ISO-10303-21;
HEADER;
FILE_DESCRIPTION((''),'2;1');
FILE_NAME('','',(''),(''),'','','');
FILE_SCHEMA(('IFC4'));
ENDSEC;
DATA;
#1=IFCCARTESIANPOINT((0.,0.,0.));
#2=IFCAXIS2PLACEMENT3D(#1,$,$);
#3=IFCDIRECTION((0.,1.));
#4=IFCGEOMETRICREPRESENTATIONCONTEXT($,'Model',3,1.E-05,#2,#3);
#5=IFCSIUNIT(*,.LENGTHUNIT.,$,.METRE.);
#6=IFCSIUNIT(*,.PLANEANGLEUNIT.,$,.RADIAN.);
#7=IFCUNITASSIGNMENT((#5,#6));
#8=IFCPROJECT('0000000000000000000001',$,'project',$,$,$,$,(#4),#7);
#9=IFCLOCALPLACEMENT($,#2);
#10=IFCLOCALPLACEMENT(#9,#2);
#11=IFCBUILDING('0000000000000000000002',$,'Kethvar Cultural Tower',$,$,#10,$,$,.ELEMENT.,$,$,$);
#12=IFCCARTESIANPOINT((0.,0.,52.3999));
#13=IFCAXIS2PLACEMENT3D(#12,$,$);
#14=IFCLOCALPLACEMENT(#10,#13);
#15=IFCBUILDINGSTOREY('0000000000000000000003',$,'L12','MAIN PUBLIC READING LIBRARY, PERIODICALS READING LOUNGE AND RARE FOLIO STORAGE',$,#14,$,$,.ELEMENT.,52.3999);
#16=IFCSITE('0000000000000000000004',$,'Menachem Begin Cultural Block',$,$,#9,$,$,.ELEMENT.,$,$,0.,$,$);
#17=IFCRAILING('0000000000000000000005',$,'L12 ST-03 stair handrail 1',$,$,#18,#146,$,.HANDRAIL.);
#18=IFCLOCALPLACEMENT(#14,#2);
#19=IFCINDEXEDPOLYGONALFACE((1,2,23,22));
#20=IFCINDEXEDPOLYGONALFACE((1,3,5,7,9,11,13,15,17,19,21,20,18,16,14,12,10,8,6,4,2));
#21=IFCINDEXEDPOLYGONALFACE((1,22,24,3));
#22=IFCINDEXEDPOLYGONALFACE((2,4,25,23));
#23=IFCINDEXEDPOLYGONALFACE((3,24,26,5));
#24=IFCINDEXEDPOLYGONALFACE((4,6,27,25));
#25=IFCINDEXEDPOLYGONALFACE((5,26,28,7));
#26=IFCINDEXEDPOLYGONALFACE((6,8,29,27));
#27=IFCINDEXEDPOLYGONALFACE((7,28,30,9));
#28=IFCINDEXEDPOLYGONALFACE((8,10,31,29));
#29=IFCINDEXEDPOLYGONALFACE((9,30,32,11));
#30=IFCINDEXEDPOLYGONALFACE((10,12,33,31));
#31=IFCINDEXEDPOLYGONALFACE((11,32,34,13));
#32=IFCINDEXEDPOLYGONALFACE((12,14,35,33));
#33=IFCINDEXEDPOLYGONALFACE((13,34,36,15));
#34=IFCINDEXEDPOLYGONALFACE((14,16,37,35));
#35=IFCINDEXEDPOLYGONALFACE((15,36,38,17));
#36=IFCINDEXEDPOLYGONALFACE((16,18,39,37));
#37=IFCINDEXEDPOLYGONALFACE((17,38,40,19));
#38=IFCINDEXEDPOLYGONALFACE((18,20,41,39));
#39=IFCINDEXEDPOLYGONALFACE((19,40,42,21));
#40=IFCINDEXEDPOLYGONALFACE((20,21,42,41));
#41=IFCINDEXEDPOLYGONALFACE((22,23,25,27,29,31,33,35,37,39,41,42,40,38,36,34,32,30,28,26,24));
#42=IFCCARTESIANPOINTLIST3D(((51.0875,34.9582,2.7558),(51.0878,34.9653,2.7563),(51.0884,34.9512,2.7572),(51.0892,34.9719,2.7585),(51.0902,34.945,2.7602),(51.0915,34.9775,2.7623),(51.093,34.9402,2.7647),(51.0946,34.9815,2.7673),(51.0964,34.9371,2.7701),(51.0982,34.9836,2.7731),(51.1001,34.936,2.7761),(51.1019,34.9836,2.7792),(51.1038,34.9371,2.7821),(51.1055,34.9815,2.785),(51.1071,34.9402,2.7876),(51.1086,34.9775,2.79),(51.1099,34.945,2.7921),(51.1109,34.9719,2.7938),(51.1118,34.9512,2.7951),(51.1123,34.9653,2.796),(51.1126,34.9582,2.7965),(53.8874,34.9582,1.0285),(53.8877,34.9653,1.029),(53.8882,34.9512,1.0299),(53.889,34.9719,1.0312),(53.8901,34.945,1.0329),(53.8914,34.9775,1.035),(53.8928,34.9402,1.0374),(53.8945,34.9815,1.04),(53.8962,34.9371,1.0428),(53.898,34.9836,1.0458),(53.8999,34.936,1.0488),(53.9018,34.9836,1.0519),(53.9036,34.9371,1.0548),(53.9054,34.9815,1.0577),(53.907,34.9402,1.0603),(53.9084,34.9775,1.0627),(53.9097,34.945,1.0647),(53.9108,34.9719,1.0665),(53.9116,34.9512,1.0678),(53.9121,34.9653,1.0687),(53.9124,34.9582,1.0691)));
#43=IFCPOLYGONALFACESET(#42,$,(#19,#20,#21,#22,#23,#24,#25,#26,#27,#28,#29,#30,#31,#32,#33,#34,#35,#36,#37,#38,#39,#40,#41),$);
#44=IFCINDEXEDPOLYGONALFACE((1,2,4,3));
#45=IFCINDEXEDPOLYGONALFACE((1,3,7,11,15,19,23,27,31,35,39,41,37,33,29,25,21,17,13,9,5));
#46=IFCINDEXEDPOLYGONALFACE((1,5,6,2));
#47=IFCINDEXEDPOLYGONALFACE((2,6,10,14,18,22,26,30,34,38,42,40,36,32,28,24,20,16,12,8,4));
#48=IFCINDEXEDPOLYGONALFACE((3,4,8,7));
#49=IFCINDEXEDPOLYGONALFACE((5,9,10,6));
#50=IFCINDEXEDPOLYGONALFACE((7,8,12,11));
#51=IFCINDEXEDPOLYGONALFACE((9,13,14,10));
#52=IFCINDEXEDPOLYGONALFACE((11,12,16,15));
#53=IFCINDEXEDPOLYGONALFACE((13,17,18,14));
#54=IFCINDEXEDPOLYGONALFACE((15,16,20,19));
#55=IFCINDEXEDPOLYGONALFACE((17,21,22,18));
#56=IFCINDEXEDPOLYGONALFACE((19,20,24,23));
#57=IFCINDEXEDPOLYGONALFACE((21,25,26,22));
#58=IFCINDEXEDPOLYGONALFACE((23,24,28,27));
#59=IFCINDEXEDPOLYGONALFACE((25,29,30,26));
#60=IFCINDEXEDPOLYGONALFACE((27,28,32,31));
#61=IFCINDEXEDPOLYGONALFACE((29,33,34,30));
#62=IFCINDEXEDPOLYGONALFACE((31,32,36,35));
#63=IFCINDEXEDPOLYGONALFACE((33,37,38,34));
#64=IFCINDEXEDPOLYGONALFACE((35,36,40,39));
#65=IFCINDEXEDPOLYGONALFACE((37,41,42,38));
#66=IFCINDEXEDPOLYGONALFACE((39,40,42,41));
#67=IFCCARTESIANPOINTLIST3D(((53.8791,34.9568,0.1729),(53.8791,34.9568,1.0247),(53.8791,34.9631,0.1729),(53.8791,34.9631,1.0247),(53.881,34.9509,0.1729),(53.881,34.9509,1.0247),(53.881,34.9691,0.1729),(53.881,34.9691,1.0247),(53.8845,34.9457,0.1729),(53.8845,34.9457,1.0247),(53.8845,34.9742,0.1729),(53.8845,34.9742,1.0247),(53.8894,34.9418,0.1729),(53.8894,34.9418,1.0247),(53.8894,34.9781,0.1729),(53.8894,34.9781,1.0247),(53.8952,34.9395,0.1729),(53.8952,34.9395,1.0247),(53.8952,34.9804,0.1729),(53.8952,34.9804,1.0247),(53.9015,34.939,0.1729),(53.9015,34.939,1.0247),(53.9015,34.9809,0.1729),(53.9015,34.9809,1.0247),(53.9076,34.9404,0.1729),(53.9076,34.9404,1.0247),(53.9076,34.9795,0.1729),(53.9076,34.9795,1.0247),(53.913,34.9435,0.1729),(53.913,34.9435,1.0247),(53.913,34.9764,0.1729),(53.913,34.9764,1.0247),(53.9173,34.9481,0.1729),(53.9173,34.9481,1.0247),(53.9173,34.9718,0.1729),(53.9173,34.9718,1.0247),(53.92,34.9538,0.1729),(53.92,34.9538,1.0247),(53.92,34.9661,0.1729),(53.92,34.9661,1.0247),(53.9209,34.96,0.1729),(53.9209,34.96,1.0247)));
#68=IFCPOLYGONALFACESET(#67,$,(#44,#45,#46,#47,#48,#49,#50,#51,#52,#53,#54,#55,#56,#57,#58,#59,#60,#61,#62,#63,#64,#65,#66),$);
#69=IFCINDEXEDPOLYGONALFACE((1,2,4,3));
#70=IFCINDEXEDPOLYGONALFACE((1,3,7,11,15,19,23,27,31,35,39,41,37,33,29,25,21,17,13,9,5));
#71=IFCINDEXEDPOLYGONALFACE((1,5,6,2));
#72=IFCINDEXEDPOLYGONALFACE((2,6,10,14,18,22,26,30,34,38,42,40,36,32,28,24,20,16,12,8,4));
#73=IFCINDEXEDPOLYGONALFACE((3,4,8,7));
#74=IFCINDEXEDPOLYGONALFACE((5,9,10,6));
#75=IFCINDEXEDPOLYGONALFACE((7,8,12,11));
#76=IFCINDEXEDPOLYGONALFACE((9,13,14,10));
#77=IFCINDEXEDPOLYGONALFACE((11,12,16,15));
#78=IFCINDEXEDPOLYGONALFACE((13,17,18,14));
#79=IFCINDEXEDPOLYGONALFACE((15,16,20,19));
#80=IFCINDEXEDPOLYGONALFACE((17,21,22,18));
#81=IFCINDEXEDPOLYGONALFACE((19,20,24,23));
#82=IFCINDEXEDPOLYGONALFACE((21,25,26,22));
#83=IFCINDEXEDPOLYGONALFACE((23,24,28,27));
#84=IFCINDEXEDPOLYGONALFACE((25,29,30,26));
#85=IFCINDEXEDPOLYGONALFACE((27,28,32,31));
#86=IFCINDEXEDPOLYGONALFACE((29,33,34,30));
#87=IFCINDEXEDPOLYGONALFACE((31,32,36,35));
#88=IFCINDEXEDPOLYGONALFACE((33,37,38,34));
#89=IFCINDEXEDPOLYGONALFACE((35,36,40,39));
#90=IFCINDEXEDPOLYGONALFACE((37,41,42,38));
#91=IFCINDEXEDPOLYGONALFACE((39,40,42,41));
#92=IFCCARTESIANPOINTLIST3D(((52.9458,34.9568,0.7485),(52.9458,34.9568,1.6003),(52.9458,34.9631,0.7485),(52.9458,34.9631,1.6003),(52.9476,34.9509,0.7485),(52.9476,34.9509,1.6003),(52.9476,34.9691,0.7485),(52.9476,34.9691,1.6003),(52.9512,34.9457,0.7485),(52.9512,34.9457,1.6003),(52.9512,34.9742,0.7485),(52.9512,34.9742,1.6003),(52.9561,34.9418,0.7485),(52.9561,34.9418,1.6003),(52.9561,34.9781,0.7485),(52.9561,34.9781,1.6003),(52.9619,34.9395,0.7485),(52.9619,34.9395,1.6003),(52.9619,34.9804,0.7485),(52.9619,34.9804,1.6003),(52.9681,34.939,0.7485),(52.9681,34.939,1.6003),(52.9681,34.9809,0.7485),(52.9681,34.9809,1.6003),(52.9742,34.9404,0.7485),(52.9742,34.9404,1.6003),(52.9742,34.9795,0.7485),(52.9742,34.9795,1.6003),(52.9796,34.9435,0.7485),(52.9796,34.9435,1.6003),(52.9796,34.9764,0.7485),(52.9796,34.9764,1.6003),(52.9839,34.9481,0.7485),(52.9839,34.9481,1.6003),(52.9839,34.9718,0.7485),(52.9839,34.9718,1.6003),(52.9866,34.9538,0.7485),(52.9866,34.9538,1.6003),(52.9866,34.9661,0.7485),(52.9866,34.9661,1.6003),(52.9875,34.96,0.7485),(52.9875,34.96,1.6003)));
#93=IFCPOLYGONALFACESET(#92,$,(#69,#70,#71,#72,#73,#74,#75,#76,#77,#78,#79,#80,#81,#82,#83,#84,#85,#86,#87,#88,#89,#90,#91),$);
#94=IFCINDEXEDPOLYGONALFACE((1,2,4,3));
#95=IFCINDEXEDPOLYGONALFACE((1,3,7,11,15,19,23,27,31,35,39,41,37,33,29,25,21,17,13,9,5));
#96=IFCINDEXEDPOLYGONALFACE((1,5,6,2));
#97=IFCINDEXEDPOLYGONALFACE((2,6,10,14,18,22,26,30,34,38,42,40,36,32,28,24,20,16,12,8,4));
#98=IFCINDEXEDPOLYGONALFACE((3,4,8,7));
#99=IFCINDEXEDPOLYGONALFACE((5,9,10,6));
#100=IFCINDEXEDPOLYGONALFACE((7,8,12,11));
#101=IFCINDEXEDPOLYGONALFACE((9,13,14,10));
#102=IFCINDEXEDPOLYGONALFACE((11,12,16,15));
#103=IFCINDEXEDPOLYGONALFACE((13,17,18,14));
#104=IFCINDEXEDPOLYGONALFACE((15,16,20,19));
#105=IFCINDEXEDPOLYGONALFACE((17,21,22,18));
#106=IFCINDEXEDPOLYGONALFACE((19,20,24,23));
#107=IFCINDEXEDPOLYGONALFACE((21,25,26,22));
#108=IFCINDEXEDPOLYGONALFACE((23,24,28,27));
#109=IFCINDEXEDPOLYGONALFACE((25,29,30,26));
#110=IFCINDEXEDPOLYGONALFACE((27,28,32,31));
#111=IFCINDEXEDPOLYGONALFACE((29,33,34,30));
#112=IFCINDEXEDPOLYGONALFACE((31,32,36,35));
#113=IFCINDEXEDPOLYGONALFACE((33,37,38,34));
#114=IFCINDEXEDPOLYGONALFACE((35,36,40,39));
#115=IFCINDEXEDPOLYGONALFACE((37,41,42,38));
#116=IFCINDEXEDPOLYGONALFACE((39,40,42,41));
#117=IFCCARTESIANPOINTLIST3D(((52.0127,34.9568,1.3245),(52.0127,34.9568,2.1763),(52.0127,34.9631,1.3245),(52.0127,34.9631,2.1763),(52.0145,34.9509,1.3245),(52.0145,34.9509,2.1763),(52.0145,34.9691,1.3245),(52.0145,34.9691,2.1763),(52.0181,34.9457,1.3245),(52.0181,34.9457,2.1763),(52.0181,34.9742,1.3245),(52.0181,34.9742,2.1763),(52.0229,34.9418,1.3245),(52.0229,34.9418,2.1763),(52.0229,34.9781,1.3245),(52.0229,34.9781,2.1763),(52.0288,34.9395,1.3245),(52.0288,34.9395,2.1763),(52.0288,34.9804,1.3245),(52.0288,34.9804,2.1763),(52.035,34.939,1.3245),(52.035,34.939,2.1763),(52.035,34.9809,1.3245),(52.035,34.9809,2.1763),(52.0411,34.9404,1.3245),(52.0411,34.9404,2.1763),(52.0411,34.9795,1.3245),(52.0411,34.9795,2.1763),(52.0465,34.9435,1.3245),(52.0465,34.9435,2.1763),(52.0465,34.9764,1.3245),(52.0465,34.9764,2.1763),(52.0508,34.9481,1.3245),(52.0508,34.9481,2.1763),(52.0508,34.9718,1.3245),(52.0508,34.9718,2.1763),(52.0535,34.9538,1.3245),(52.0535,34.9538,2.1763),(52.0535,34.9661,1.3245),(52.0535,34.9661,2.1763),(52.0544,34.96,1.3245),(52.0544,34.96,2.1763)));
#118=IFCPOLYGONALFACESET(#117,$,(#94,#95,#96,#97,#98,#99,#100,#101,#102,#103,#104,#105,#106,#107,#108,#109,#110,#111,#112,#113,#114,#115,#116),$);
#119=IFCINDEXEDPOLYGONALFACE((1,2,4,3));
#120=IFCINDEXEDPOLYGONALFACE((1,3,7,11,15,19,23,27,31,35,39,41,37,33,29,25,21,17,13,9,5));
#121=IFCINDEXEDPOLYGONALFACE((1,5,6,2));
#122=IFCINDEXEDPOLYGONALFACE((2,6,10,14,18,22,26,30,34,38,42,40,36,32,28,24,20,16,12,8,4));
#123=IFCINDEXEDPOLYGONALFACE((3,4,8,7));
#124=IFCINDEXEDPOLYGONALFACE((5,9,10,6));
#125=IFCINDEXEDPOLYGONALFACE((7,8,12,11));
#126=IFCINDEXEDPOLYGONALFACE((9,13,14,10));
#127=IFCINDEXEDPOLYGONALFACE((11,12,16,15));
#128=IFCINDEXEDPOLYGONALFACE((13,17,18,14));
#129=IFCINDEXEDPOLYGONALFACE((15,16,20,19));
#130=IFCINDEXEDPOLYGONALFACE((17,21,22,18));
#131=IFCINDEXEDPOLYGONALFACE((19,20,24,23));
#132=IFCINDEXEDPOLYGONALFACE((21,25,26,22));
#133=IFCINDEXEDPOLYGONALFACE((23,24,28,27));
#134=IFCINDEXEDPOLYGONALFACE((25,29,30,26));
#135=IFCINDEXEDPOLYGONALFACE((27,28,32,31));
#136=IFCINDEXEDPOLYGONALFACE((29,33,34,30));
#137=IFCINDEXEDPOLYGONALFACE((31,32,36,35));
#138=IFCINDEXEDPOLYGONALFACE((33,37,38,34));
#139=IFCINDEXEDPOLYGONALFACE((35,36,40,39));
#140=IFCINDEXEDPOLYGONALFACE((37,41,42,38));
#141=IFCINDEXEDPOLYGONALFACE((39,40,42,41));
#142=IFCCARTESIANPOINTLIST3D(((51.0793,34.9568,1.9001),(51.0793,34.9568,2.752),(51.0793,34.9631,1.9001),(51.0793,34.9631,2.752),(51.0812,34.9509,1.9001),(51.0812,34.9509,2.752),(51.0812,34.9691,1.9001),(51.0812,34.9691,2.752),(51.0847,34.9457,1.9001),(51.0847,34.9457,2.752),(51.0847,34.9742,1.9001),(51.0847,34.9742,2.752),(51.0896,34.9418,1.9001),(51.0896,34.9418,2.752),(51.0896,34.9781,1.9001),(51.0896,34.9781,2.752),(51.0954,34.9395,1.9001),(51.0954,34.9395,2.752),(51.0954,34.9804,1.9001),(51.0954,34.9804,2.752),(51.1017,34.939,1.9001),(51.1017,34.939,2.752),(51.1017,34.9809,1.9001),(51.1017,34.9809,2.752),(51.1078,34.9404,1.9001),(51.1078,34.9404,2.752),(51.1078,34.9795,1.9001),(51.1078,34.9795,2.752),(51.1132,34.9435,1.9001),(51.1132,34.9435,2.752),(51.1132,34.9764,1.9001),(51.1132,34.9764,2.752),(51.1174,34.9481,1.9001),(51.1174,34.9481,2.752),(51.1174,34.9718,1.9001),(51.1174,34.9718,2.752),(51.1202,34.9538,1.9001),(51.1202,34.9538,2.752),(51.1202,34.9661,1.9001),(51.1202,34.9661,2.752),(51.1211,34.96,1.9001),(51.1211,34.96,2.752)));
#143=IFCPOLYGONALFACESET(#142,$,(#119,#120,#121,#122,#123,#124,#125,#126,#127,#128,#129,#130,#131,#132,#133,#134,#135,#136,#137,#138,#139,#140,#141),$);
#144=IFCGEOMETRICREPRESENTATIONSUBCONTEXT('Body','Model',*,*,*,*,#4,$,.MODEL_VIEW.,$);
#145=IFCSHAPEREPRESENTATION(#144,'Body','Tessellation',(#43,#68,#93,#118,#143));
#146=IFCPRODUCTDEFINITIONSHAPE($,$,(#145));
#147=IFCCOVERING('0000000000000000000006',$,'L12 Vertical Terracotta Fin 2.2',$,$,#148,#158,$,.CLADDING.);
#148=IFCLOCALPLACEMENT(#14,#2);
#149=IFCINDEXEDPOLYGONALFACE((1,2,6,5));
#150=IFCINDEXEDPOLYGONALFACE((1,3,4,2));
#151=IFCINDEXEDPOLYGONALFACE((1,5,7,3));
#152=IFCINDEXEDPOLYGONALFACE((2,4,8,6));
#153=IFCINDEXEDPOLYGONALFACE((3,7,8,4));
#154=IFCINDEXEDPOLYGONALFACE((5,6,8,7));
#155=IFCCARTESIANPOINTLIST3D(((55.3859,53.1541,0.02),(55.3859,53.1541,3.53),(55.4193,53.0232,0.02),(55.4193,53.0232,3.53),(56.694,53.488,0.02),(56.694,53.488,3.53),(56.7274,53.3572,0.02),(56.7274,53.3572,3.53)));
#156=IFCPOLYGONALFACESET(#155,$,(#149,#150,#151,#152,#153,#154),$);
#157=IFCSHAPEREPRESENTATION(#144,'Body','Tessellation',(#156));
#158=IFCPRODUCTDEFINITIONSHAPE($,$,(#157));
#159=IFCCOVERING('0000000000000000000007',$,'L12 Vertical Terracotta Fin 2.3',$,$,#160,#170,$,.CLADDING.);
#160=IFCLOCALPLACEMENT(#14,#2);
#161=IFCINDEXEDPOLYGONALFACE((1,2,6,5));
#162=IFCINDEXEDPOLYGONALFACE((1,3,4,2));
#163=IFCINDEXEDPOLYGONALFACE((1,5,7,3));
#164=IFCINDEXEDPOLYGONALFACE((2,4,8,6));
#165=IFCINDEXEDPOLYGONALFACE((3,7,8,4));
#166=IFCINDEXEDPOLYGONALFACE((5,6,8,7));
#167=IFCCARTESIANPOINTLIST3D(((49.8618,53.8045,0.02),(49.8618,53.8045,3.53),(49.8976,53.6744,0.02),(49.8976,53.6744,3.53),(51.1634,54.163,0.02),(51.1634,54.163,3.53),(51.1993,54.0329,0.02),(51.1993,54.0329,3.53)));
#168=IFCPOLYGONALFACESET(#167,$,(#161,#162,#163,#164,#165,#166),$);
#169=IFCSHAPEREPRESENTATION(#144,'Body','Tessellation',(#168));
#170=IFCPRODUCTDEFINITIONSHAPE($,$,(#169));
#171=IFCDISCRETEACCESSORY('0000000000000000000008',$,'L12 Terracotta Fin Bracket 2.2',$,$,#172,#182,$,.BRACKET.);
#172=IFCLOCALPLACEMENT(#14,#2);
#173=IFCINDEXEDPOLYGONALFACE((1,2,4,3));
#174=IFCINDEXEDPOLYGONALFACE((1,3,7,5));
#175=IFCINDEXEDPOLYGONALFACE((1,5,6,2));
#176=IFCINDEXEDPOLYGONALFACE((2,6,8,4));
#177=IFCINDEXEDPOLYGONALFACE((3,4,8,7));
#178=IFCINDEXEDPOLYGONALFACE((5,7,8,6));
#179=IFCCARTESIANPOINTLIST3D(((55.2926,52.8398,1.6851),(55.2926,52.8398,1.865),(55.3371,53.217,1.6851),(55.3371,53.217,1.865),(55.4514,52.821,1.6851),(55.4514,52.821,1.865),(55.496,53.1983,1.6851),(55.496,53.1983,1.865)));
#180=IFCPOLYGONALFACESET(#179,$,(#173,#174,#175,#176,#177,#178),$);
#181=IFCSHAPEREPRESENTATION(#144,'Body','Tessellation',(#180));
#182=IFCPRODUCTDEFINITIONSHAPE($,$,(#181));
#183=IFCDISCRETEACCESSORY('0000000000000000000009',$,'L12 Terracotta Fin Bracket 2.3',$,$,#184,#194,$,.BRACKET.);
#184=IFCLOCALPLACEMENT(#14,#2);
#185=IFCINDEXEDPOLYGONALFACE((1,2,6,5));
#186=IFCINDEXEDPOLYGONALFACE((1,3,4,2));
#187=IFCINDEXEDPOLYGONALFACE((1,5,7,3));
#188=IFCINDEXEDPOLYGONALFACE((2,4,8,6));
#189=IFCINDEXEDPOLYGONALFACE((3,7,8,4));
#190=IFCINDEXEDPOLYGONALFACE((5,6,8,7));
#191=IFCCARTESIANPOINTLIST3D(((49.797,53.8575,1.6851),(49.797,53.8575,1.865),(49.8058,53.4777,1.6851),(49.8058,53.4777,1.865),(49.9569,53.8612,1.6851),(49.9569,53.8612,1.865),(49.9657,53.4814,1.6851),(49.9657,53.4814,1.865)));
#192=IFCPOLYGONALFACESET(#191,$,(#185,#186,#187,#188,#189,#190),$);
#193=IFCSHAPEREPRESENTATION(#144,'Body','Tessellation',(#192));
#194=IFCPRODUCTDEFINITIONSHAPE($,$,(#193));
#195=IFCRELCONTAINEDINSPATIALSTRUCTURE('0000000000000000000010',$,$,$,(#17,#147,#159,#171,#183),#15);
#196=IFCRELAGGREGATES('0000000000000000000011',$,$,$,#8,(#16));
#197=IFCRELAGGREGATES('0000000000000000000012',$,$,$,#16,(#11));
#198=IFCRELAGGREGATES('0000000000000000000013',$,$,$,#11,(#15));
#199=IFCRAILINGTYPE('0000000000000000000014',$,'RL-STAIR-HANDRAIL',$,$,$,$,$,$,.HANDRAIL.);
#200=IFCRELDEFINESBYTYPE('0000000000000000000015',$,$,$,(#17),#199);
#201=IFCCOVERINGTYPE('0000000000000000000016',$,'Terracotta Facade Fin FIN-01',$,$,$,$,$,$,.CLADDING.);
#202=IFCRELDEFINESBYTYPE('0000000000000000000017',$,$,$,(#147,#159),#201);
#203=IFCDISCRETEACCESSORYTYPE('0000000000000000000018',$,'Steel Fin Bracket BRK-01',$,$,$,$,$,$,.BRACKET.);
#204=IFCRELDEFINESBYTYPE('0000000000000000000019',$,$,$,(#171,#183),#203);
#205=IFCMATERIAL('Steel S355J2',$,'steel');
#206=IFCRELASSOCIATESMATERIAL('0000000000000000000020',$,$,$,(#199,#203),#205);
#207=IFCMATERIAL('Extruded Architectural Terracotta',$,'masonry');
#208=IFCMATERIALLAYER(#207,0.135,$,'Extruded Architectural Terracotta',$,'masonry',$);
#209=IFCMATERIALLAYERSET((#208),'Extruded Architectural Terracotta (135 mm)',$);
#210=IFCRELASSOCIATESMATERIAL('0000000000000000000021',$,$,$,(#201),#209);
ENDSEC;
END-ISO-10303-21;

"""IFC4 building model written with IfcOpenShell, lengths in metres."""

from ifc_helpers import new_model, si_unit, direction, frame, origin, origin_2d, place, context, subcontext, project, spatial, rectangle, circle, extrude, source, transform, mapped, material, layer, layer_set, type_object, element, save


model = new_model("IFC4")

# Units and contexts
model_context = context("Model", 3, precision=1e-05, world=origin(), true_north=direction((0.0, 1.0)))
body_context = subcontext(model_context, "Body", "Model", "MODEL_VIEW")
ifc_project = project(units=[si_unit("LENGTHUNIT", "METRE"), si_unit("PLANEANGLEUNIT", "RADIAN")], contexts=[model_context])

# Site, building, storey
site_placement = place(None, origin())
site = spatial("IfcSite", under=ifc_project, at=site_placement, Name="Menachem Begin Cultural Block", CompositionType="ELEMENT", RefElevation=0.0)
building_placement = place(site_placement, origin())
building = spatial("IfcBuilding", under=site, at=building_placement, Name="Kethvar Cultural Tower", CompositionType="ELEMENT")
storey_placement = place(building_placement, frame((0.0, 0.0, 52.3999)))
storey = spatial("IfcBuildingStorey", under=building, at=storey_placement, Name="L12", Description="MAIN PUBLIC READING LIBRARY, PERIODICALS READING LOUNGE AND RARE FOLIO STORAGE", CompositionType="ELEMENT", Elevation=52.3999)

# Shared definitions
ifc_material_1 = material(Name="Steel S355J2", Category="steel")

# Railing
railing_type = type_object("IfcRailingType", Name="RL-STAIR-HANDRAIL", PredefinedType="HANDRAIL", material=ifc_material_1)
railing_placement = place(storey_placement, frame((53.8999, 34.96, 0.1729)))
element("IfcRailing", 1, at=railing_placement, inside=storey, type_object=railing_type, Name="L12 ST-03 stair handrail 1", PredefinedType="HANDRAIL", context=body_context, shape_type="SweptSolid", body=[
    extrude(circle(Radius=0.0239, at=origin_2d()), frame((0.0, 0.0, 0.876), z_axis=(-0.851069, 0.0, 0.525054), x_axis=(0.0, -1.0, 0.0)), (0.0, 0.0, 1.0), 3.2898),
    extrude(circle(Radius=0.021, at=origin_2d()), origin(), (0.0, 0.0, 1.0), 0.8518),
    extrude(circle(Radius=0.021, at=origin_2d()), frame((-0.9333, 0.0, 0.5757)), (0.0, 0.0, 1.0), 0.8518),
    extrude(circle(Radius=0.021, at=origin_2d()), frame((-1.8665, 0.0, 1.1516)), (0.0, 0.0, 1.0), 0.8518),
    extrude(circle(Radius=0.021, at=origin_2d()), frame((-2.7998, 0.0, 1.7273)), (0.0, 0.0, 1.0), 0.8518),
])

# Coverings
ifc_material_2 = material(Name="Extruded Architectural Terracotta", Category="masonry")
ifc_layer_1 = layer(ifc_material_2, 0.135, Name="Extruded Architectural Terracotta", Category="masonry")
ifc_layer_set_1 = layer_set([ifc_layer_1], Name="Extruded Architectural Terracotta (135 mm)")
covering_type = type_object("IfcCoveringType", Name="Terracotta Facade Fin FIN-01", PredefinedType="CLADDING", material=ifc_layer_set_1)
shared_shape_1 = source(origin(), body_context, "Body", "SweptSolid", [
    extrude(rectangle(XDim=1.3501, YDim=0.135, at=origin_2d()), origin(), (0.0, 0.0, 1.0), 3.51),
])
for number, where, z_axis, x_axis, name in (
    (2, (56.0566, 53.2556, 0.02), (0.0, 0.0, 1.0), (0.968929, 0.247337, 0.0), "L12 Vertical Terracotta Fin 2.2"),
    (3, (50.5305, 53.9187, 0.02), (0.0, 0.0, 1.0), (0.964095, 0.265556, 0.0), "L12 Vertical Terracotta Fin 2.3"),
):
    element("IfcCovering", number, at=place(storey_placement, frame(where, z_axis=z_axis, x_axis=x_axis)), inside=storey, type_object=covering_type, Name=name, PredefinedType="CLADDING", context=body_context, shape_type="MappedRepresentation", body=[
        mapped(shared_shape_1, transform((0.0, 0.0, 0.0), scale=1.0)),
    ])

# Discrete accessories
discrete_accessory_type = type_object("IfcDiscreteAccessoryType", Name="Steel Fin Bracket BRK-01", PredefinedType="BRACKET", material=ifc_material_1)
shared_shape_2 = source(origin(), body_context, "Body", "SweptSolid", [
    extrude(rectangle(XDim=0.3799, YDim=0.1599, at=origin_2d()), origin(), (0.0, 0.0, 1.0), 0.1799),
])
for number, where, z_axis, x_axis, name in (
    (4, (55.3943, 53.019, 1.6851), (0.0, 0.0, 1.0), (0.117191, 0.993109, 0.0), "L12 Terracotta Fin Bracket 2.2"),
    (5, (49.8813, 53.6694, 1.6851), (0.0, 0.0, 1.0), (-0.023036, 0.999735, 0.0), "L12 Terracotta Fin Bracket 2.3"),
):
    element("IfcDiscreteAccessory", number, at=place(storey_placement, frame(where, z_axis=z_axis, x_axis=x_axis)), inside=storey, type_object=discrete_accessory_type, Name=name, PredefinedType="BRACKET", context=body_context, shape_type="MappedRepresentation", body=[
        mapped(shared_shape_2, transform((0.0, 0.0, 0.0), scale=1.0)),
    ])

save(model, "model.ifc")
